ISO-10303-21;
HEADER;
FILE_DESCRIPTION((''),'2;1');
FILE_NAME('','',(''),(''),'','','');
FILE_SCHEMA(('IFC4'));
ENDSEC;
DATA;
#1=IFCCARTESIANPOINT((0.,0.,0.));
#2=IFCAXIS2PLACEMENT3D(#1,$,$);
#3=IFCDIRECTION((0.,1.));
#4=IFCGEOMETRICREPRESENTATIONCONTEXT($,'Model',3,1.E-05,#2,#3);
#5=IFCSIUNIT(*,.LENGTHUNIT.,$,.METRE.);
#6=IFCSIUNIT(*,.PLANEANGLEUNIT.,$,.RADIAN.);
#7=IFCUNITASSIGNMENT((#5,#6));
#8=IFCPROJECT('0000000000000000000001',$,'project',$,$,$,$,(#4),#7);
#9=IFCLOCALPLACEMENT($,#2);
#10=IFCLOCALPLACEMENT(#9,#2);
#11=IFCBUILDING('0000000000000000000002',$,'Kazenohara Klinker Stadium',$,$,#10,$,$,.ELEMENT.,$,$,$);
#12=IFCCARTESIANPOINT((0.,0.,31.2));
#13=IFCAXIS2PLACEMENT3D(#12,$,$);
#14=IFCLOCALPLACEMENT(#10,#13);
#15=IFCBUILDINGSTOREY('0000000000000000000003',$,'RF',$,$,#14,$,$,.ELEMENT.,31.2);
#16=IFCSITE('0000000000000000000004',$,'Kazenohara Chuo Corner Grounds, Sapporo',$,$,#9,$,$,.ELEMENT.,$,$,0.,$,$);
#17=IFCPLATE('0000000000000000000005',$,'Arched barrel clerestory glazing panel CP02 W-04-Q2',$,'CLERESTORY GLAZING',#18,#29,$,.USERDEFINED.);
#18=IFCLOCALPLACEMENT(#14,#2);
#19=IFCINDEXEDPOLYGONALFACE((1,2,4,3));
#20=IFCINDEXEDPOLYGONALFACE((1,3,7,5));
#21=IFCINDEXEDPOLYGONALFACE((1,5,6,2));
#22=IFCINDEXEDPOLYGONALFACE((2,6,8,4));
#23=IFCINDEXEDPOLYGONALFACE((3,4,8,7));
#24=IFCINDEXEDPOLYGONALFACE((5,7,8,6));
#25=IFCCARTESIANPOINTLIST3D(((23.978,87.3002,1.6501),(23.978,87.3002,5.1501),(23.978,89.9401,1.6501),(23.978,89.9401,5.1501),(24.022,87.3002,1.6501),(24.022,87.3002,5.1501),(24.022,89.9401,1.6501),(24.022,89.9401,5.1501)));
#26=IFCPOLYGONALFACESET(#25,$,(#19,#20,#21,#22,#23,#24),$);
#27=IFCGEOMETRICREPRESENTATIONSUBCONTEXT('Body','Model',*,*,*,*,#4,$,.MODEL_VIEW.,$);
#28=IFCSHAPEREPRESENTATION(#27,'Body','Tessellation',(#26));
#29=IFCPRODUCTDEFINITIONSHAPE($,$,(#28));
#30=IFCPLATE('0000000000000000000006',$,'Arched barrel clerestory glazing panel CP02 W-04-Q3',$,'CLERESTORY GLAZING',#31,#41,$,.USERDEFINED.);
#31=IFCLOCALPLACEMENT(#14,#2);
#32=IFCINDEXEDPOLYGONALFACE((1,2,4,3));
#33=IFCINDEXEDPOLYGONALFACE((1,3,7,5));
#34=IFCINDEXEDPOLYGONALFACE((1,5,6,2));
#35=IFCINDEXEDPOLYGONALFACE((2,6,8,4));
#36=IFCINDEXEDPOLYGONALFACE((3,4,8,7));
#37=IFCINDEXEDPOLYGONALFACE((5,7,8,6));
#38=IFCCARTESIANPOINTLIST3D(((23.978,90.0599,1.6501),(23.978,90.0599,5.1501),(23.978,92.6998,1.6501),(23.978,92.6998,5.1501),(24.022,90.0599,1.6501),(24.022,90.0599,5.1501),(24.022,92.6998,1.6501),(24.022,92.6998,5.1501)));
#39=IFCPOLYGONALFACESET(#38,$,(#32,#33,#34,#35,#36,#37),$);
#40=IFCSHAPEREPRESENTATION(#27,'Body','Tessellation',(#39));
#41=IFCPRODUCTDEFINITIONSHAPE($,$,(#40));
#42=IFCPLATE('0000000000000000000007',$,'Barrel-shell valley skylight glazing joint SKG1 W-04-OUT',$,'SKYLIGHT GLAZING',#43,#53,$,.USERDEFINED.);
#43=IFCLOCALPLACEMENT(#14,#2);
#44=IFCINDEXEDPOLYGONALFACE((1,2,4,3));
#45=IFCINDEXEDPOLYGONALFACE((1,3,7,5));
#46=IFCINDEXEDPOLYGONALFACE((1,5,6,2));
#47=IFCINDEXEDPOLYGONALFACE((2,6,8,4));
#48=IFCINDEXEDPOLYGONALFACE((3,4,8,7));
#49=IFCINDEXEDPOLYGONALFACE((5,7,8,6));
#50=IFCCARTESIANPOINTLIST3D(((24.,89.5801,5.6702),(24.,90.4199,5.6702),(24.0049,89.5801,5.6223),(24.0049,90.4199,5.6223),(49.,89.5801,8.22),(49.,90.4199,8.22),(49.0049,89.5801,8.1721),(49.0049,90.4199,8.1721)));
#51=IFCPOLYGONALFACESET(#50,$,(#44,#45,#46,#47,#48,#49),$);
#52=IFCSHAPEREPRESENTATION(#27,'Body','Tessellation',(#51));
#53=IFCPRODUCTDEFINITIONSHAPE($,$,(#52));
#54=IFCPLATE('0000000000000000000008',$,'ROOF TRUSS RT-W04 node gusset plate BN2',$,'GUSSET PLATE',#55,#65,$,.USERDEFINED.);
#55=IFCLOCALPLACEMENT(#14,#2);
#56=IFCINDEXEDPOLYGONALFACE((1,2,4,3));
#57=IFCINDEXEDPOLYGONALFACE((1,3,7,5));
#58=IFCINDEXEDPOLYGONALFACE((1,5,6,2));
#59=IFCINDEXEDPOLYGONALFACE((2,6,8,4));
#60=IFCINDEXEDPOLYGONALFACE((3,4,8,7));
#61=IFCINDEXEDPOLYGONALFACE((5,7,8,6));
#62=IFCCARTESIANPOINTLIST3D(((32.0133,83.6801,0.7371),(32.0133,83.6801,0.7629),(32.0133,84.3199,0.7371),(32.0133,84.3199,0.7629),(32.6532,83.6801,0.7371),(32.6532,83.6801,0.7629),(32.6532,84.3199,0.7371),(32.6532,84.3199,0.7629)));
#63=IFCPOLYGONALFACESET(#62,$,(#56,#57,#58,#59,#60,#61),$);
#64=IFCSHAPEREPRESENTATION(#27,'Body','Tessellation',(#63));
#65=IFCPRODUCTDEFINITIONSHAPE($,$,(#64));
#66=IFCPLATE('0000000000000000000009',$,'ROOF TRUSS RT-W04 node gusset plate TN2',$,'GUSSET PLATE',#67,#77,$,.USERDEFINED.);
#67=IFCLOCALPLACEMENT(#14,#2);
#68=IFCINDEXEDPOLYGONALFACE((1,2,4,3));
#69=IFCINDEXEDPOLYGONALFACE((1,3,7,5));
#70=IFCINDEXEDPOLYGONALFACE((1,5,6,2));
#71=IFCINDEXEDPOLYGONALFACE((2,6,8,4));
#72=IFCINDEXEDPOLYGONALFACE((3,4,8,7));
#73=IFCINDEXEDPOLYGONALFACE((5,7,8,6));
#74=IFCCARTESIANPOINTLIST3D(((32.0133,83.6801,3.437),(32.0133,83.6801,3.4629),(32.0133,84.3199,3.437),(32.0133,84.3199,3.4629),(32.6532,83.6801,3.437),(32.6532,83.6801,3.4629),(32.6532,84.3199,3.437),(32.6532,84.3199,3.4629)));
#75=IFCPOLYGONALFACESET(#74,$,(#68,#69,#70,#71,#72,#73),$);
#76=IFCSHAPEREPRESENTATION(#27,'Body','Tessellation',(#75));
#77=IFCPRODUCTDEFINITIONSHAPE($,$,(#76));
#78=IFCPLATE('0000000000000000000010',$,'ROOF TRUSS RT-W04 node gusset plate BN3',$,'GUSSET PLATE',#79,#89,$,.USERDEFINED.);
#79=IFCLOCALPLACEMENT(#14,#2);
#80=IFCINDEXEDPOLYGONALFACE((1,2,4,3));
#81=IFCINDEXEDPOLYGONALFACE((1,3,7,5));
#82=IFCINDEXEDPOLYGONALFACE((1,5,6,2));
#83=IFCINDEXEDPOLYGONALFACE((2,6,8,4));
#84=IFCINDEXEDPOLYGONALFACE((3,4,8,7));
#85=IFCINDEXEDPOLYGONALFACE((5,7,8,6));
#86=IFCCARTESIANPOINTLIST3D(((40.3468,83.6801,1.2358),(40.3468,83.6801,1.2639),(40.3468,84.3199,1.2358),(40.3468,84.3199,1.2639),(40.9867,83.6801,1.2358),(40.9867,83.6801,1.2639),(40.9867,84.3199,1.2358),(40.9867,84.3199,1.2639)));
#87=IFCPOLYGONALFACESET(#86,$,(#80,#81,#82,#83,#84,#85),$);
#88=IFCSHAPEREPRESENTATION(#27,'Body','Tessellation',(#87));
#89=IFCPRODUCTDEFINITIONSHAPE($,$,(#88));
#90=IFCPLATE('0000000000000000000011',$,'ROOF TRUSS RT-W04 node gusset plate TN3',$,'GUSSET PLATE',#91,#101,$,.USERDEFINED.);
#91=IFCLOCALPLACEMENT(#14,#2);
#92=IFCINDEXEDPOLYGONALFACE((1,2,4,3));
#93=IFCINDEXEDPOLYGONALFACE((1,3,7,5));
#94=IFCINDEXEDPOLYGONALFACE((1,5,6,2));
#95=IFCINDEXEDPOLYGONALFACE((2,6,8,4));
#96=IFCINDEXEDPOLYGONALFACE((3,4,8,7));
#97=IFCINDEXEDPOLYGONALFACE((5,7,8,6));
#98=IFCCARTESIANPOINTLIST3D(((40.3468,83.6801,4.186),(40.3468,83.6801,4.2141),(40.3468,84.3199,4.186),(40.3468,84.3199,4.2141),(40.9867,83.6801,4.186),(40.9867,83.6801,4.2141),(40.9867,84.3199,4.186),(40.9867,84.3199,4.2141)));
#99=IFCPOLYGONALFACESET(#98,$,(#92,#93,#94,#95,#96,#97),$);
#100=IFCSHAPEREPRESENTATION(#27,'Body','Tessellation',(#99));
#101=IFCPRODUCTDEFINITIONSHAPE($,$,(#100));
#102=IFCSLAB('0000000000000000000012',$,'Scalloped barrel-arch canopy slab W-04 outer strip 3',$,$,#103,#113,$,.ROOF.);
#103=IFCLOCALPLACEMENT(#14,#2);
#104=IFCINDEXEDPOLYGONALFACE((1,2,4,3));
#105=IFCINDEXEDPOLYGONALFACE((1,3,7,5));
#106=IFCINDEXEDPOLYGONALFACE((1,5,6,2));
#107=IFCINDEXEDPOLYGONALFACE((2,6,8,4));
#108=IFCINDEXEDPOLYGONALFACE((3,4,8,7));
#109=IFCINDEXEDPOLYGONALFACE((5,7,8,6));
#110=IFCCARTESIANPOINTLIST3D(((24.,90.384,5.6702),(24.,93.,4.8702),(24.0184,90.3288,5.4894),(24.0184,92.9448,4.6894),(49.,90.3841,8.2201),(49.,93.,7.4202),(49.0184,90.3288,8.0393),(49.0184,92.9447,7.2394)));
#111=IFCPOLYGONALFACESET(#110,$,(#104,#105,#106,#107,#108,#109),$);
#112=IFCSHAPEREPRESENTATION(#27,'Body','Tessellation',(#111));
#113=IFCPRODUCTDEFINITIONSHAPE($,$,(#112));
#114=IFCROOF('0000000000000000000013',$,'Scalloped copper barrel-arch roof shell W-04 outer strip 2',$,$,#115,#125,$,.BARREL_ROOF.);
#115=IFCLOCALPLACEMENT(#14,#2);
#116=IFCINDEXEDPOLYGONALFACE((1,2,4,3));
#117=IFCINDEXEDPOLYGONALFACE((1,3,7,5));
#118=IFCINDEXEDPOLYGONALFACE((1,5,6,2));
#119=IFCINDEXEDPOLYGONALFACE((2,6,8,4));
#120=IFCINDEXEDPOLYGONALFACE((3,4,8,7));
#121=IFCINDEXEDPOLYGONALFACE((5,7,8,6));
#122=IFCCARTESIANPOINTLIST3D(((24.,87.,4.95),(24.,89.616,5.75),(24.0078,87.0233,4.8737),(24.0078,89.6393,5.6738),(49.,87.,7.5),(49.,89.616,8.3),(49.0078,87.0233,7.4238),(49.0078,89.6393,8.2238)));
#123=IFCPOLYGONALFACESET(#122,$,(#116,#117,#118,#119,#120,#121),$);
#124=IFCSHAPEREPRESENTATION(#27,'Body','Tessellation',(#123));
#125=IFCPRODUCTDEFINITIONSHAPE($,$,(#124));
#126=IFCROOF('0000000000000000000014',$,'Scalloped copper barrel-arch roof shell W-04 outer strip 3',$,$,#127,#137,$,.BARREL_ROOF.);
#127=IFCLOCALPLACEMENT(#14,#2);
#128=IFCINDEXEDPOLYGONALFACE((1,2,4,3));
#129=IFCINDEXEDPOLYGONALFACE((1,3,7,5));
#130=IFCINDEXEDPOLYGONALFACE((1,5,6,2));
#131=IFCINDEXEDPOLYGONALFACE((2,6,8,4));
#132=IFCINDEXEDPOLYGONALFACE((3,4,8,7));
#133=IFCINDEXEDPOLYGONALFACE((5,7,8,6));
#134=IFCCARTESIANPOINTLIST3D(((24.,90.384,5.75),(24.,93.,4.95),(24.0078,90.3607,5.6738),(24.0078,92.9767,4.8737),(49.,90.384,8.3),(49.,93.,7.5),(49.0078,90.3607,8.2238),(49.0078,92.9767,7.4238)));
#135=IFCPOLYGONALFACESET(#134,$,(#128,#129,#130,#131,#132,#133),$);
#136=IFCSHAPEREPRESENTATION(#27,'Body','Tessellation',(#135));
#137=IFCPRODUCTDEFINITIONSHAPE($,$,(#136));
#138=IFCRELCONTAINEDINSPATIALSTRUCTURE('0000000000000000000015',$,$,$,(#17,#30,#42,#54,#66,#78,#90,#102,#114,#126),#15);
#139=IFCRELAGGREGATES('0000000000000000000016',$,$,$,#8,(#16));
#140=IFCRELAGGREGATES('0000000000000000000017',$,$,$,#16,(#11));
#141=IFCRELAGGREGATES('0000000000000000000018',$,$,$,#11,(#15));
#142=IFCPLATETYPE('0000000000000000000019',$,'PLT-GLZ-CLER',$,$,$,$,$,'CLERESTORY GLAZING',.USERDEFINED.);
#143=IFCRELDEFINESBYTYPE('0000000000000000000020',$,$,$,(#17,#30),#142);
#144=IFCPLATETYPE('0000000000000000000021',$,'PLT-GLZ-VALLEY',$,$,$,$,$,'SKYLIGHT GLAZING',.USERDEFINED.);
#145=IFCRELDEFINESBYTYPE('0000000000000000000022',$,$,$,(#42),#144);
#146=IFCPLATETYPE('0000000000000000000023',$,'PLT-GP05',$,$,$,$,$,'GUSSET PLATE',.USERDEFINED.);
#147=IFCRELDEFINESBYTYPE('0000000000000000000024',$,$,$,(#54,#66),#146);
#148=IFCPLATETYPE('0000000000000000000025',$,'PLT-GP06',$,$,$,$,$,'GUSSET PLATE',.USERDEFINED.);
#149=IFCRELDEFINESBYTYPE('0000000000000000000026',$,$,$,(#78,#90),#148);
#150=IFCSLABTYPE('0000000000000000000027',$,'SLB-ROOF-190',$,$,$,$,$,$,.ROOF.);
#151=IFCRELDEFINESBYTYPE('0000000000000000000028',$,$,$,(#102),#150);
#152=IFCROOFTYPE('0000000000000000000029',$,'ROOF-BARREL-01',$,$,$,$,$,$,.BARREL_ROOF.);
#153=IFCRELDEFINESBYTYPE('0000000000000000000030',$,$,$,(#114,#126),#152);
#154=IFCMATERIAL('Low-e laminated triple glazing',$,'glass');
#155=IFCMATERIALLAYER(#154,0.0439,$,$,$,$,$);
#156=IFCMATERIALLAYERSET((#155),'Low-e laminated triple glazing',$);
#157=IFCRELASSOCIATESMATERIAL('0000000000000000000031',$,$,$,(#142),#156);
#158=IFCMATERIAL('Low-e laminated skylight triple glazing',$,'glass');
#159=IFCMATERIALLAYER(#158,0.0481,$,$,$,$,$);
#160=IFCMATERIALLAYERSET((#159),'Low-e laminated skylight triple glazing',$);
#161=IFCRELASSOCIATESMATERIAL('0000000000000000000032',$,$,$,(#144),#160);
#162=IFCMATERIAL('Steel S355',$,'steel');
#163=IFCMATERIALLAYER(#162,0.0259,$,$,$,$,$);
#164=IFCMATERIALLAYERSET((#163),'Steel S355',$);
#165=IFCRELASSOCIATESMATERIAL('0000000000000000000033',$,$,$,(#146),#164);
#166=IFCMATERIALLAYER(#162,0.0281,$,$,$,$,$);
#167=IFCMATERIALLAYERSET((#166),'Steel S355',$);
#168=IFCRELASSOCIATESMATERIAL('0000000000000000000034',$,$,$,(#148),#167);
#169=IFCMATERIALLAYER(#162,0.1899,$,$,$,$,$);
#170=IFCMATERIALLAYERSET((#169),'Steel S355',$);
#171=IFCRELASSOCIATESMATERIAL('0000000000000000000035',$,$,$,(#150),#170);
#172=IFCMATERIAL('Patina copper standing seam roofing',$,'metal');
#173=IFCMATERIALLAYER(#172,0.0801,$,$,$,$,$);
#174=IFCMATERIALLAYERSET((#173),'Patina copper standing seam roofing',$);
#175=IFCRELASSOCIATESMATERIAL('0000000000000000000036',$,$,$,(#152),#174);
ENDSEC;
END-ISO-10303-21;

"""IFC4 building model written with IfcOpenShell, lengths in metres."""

from ifc_helpers import new_model, si_unit, direction, frame, origin, origin_2d, place, context, subcontext, project, spatial, polyline, rectangle, outline, extrude, material, layer, layer_set, type_object, element, save


model = new_model("IFC4")

# Units and contexts
model_context = context("Model", 3, precision=1e-05, world=origin(), true_north=direction((0.0, 1.0)))
body_context = subcontext(model_context, "Body", "Model", "MODEL_VIEW")
ifc_project = project(units=[si_unit("LENGTHUNIT", "METRE"), si_unit("PLANEANGLEUNIT", "RADIAN")], contexts=[model_context])

# Site, building, storey
site_placement = place(None, origin())
site = spatial("IfcSite", under=ifc_project, at=site_placement, Name="Kazenohara Chuo Corner Grounds, Sapporo", CompositionType="ELEMENT", RefElevation=0.0)
building_placement = place(site_placement, origin())
building = spatial("IfcBuilding", under=site, at=building_placement, Name="Kazenohara Klinker Stadium", CompositionType="ELEMENT")
storey_placement = place(building_placement, frame((0.0, 0.0, 31.2)))
storey = spatial("IfcBuildingStorey", under=building, at=storey_placement, Name="RF", CompositionType="ELEMENT", Elevation=31.2)

# Shared definitions
ifc_material_1 = material(Name="Steel S355", Category="steel")

# Plates
ifc_material_2 = material(Name="Low-e laminated triple glazing", Category="glass")
ifc_layer_1 = layer(ifc_material_2, 0.0439)
ifc_layer_set_1 = layer_set([ifc_layer_1], Name="Low-e laminated triple glazing")
plate_type_1 = type_object("IfcPlateType", Name="PLT-GLZ-CLER", ElementType="CLERESTORY GLAZING", PredefinedType="USERDEFINED", material=ifc_layer_set_1)
for number, where, z_axis, x_axis, name in (
    (1, (24.0, 88.6201, 1.6501), (0.0, 0.0, 1.0), (1.0, 0.0, 0.0), "Arched barrel clerestory glazing panel CP02 W-04-Q2"),
    (2, (24.0, 91.3799, 1.6501), (0.0, 0.0, 1.0), (1.0, 0.0, 0.0), "Arched barrel clerestory glazing panel CP02 W-04-Q3"),
):
    element("IfcPlate", number, at=place(storey_placement, frame(where, z_axis=z_axis, x_axis=x_axis)), inside=storey, type_object=plate_type_1, Name=name, ObjectType="CLERESTORY GLAZING", PredefinedType="USERDEFINED", context=body_context, shape_type="SweptSolid", body=[
        extrude(rectangle(XDim=0.0439, YDim=2.6399, at=origin_2d()), origin(), (0.0, 0.0, 1.0), 3.5),
    ])
ifc_material_3 = material(Name="Low-e laminated skylight triple glazing", Category="glass")
ifc_layer_2 = layer(ifc_material_3, 0.0481)
ifc_layer_set_2 = layer_set([ifc_layer_2], Name="Low-e laminated skylight triple glazing")
plate_type_2 = type_object("IfcPlateType", Name="PLT-GLZ-VALLEY", ElementType="SKYLIGHT GLAZING", PredefinedType="USERDEFINED", material=ifc_layer_set_2)
plate_placement = place(storey_placement, frame((24.0, 89.5801, 5.6702), z_axis=(-0.101466, 0.0, 0.994839), x_axis=(0.994839, 0.0, 0.101466)))
element("IfcPlate", 3, at=plate_placement, inside=storey, type_object=plate_type_2, Name="Barrel-shell valley skylight glazing joint SKG1 W-04-OUT", ObjectType="SKYLIGHT GLAZING", PredefinedType="USERDEFINED", context=body_context, shape_type="SweptSolid", body=[
    extrude(outline(polyline([(0.0, 0.0), (25.1297, 0.0), (25.1297, 0.8398), (0.0, 0.8398), (0.0, 0.0)])), origin(), (0.0, 0.0, -1.0), 0.0481),
])
ifc_layer_3 = layer(ifc_material_1, 0.0259)
ifc_layer_set_3 = layer_set([ifc_layer_3], Name="Steel S355")
plate_type_3 = type_object("IfcPlateType", Name="PLT-GP05", ElementType="GUSSET PLATE", PredefinedType="USERDEFINED", material=ifc_layer_set_3)
for number, where, z_axis, x_axis, name in (
    (4, (32.3333, 84.0, 0.7371), (0.0, 0.0, 1.0), (1.0, 0.0, 0.0), "ROOF TRUSS RT-W04 node gusset plate BN2"),
    (5, (32.3333, 84.0, 3.437), (0.0, 0.0, 1.0), (1.0, 0.0, 0.0), "ROOF TRUSS RT-W04 node gusset plate TN2"),
):
    element("IfcPlate", number, at=place(storey_placement, frame(where, z_axis=z_axis, x_axis=x_axis)), inside=storey, type_object=plate_type_3, Name=name, ObjectType="GUSSET PLATE", PredefinedType="USERDEFINED", context=body_context, shape_type="SweptSolid", body=[
        extrude(rectangle(XDim=0.6399, YDim=0.6399, at=origin_2d()), origin(), (0.0, 0.0, 1.0), 0.0259),
    ])
ifc_layer_4 = layer(ifc_material_1, 0.0281)
ifc_layer_set_4 = layer_set([ifc_layer_4], Name="Steel S355")
plate_type_4 = type_object("IfcPlateType", Name="PLT-GP06", ElementType="GUSSET PLATE", PredefinedType="USERDEFINED", material=ifc_layer_set_4)
for number, where, z_axis, x_axis, name in (
    (6, (40.6667, 84.0, 1.2358), (0.0, 0.0, 1.0), (1.0, 0.0, 0.0), "ROOF TRUSS RT-W04 node gusset plate BN3"),
    (7, (40.6667, 84.0, 4.186), (0.0, 0.0, 1.0), (1.0, 0.0, 0.0), "ROOF TRUSS RT-W04 node gusset plate TN3"),
):
    element("IfcPlate", number, at=place(storey_placement, frame(where, z_axis=z_axis, x_axis=x_axis)), inside=storey, type_object=plate_type_4, Name=name, ObjectType="GUSSET PLATE", PredefinedType="USERDEFINED", context=body_context, shape_type="SweptSolid", body=[
        extrude(rectangle(XDim=0.6399, YDim=0.6399, at=origin_2d()), origin(), (0.0, 0.0, 1.0), 0.0281),
    ])

# Slab
ifc_layer_5 = layer(ifc_material_1, 0.1899)
ifc_layer_set_5 = layer_set([ifc_layer_5], Name="Steel S355")
slab_type = type_object("IfcSlabType", Name="SLB-ROOF-190", PredefinedType="ROOF", material=ifc_layer_set_5)
slab_placement = place(storey_placement, frame((24.0, 90.384, 5.6702), z_axis=(-0.097078, 0.291039, 0.951773), x_axis=(0.994839, 0.000001, 0.10147)))
element("IfcSlab", 8, at=slab_placement, inside=storey, type_object=slab_type, Name="Scalloped barrel-arch canopy slab W-04 outer strip 3", PredefinedType="ROOF", context=body_context, shape_type="SweptSolid", body=[
    extrude(outline(polyline([(0.0, 0.0), (25.1297, 0.0), (25.0485, 2.7343), (-0.0812, 2.7344), (0.0, 0.0)])), origin(), (0.0, 0.0, -1.0), 0.1899),
])

# Roofs
ifc_material_4 = material(Name="Patina copper standing seam roofing", Category="metal")
ifc_layer_6 = layer(ifc_material_4, 0.0801)
ifc_layer_set_6 = layer_set([ifc_layer_6], Name="Patina copper standing seam roofing")
roof_type = type_object("IfcRoofType", Name="ROOF-BARREL-01", PredefinedType="BARREL_ROOF", material=ifc_layer_set_6)
roof_1_placement = place(storey_placement, frame((24.0, 87.0, 4.95), z_axis=(-0.097081, -0.29108, 0.95176), x_axis=(0.994838, 0.0, 0.101475)))
element("IfcRoof", 9, at=roof_1_placement, inside=storey, type_object=roof_type, Name="Scalloped copper barrel-arch roof shell W-04 outer strip 2", PredefinedType="BARREL_ROOF", context=body_context, shape_type="SweptSolid", body=[
    extrude(outline(polyline([(0.0, 0.0), (25.1297, 0.0), (25.2109, 2.7344), (0.0812, 2.7344), (0.0, 0.0)])), origin(), (0.0, 0.0, -1.0), 0.0801),
])
roof_2_placement = place(storey_placement, frame((24.0, 90.384, 5.75), z_axis=(-0.097081, 0.29108, 0.95176), x_axis=(0.994838, 0.0, 0.101475)))
element("IfcRoof", 10, at=roof_2_placement, inside=storey, type_object=roof_type, Name="Scalloped copper barrel-arch roof shell W-04 outer strip 3", PredefinedType="BARREL_ROOF", context=body_context, shape_type="SweptSolid", body=[
    extrude(outline(polyline([(0.0, 0.0), (25.1297, 0.0), (25.0485, 2.7344), (-0.0812, 2.7344), (0.0, 0.0)])), origin(), (0.0, 0.0, -1.0), 0.0801),
])

save(model, "model.ifc")
